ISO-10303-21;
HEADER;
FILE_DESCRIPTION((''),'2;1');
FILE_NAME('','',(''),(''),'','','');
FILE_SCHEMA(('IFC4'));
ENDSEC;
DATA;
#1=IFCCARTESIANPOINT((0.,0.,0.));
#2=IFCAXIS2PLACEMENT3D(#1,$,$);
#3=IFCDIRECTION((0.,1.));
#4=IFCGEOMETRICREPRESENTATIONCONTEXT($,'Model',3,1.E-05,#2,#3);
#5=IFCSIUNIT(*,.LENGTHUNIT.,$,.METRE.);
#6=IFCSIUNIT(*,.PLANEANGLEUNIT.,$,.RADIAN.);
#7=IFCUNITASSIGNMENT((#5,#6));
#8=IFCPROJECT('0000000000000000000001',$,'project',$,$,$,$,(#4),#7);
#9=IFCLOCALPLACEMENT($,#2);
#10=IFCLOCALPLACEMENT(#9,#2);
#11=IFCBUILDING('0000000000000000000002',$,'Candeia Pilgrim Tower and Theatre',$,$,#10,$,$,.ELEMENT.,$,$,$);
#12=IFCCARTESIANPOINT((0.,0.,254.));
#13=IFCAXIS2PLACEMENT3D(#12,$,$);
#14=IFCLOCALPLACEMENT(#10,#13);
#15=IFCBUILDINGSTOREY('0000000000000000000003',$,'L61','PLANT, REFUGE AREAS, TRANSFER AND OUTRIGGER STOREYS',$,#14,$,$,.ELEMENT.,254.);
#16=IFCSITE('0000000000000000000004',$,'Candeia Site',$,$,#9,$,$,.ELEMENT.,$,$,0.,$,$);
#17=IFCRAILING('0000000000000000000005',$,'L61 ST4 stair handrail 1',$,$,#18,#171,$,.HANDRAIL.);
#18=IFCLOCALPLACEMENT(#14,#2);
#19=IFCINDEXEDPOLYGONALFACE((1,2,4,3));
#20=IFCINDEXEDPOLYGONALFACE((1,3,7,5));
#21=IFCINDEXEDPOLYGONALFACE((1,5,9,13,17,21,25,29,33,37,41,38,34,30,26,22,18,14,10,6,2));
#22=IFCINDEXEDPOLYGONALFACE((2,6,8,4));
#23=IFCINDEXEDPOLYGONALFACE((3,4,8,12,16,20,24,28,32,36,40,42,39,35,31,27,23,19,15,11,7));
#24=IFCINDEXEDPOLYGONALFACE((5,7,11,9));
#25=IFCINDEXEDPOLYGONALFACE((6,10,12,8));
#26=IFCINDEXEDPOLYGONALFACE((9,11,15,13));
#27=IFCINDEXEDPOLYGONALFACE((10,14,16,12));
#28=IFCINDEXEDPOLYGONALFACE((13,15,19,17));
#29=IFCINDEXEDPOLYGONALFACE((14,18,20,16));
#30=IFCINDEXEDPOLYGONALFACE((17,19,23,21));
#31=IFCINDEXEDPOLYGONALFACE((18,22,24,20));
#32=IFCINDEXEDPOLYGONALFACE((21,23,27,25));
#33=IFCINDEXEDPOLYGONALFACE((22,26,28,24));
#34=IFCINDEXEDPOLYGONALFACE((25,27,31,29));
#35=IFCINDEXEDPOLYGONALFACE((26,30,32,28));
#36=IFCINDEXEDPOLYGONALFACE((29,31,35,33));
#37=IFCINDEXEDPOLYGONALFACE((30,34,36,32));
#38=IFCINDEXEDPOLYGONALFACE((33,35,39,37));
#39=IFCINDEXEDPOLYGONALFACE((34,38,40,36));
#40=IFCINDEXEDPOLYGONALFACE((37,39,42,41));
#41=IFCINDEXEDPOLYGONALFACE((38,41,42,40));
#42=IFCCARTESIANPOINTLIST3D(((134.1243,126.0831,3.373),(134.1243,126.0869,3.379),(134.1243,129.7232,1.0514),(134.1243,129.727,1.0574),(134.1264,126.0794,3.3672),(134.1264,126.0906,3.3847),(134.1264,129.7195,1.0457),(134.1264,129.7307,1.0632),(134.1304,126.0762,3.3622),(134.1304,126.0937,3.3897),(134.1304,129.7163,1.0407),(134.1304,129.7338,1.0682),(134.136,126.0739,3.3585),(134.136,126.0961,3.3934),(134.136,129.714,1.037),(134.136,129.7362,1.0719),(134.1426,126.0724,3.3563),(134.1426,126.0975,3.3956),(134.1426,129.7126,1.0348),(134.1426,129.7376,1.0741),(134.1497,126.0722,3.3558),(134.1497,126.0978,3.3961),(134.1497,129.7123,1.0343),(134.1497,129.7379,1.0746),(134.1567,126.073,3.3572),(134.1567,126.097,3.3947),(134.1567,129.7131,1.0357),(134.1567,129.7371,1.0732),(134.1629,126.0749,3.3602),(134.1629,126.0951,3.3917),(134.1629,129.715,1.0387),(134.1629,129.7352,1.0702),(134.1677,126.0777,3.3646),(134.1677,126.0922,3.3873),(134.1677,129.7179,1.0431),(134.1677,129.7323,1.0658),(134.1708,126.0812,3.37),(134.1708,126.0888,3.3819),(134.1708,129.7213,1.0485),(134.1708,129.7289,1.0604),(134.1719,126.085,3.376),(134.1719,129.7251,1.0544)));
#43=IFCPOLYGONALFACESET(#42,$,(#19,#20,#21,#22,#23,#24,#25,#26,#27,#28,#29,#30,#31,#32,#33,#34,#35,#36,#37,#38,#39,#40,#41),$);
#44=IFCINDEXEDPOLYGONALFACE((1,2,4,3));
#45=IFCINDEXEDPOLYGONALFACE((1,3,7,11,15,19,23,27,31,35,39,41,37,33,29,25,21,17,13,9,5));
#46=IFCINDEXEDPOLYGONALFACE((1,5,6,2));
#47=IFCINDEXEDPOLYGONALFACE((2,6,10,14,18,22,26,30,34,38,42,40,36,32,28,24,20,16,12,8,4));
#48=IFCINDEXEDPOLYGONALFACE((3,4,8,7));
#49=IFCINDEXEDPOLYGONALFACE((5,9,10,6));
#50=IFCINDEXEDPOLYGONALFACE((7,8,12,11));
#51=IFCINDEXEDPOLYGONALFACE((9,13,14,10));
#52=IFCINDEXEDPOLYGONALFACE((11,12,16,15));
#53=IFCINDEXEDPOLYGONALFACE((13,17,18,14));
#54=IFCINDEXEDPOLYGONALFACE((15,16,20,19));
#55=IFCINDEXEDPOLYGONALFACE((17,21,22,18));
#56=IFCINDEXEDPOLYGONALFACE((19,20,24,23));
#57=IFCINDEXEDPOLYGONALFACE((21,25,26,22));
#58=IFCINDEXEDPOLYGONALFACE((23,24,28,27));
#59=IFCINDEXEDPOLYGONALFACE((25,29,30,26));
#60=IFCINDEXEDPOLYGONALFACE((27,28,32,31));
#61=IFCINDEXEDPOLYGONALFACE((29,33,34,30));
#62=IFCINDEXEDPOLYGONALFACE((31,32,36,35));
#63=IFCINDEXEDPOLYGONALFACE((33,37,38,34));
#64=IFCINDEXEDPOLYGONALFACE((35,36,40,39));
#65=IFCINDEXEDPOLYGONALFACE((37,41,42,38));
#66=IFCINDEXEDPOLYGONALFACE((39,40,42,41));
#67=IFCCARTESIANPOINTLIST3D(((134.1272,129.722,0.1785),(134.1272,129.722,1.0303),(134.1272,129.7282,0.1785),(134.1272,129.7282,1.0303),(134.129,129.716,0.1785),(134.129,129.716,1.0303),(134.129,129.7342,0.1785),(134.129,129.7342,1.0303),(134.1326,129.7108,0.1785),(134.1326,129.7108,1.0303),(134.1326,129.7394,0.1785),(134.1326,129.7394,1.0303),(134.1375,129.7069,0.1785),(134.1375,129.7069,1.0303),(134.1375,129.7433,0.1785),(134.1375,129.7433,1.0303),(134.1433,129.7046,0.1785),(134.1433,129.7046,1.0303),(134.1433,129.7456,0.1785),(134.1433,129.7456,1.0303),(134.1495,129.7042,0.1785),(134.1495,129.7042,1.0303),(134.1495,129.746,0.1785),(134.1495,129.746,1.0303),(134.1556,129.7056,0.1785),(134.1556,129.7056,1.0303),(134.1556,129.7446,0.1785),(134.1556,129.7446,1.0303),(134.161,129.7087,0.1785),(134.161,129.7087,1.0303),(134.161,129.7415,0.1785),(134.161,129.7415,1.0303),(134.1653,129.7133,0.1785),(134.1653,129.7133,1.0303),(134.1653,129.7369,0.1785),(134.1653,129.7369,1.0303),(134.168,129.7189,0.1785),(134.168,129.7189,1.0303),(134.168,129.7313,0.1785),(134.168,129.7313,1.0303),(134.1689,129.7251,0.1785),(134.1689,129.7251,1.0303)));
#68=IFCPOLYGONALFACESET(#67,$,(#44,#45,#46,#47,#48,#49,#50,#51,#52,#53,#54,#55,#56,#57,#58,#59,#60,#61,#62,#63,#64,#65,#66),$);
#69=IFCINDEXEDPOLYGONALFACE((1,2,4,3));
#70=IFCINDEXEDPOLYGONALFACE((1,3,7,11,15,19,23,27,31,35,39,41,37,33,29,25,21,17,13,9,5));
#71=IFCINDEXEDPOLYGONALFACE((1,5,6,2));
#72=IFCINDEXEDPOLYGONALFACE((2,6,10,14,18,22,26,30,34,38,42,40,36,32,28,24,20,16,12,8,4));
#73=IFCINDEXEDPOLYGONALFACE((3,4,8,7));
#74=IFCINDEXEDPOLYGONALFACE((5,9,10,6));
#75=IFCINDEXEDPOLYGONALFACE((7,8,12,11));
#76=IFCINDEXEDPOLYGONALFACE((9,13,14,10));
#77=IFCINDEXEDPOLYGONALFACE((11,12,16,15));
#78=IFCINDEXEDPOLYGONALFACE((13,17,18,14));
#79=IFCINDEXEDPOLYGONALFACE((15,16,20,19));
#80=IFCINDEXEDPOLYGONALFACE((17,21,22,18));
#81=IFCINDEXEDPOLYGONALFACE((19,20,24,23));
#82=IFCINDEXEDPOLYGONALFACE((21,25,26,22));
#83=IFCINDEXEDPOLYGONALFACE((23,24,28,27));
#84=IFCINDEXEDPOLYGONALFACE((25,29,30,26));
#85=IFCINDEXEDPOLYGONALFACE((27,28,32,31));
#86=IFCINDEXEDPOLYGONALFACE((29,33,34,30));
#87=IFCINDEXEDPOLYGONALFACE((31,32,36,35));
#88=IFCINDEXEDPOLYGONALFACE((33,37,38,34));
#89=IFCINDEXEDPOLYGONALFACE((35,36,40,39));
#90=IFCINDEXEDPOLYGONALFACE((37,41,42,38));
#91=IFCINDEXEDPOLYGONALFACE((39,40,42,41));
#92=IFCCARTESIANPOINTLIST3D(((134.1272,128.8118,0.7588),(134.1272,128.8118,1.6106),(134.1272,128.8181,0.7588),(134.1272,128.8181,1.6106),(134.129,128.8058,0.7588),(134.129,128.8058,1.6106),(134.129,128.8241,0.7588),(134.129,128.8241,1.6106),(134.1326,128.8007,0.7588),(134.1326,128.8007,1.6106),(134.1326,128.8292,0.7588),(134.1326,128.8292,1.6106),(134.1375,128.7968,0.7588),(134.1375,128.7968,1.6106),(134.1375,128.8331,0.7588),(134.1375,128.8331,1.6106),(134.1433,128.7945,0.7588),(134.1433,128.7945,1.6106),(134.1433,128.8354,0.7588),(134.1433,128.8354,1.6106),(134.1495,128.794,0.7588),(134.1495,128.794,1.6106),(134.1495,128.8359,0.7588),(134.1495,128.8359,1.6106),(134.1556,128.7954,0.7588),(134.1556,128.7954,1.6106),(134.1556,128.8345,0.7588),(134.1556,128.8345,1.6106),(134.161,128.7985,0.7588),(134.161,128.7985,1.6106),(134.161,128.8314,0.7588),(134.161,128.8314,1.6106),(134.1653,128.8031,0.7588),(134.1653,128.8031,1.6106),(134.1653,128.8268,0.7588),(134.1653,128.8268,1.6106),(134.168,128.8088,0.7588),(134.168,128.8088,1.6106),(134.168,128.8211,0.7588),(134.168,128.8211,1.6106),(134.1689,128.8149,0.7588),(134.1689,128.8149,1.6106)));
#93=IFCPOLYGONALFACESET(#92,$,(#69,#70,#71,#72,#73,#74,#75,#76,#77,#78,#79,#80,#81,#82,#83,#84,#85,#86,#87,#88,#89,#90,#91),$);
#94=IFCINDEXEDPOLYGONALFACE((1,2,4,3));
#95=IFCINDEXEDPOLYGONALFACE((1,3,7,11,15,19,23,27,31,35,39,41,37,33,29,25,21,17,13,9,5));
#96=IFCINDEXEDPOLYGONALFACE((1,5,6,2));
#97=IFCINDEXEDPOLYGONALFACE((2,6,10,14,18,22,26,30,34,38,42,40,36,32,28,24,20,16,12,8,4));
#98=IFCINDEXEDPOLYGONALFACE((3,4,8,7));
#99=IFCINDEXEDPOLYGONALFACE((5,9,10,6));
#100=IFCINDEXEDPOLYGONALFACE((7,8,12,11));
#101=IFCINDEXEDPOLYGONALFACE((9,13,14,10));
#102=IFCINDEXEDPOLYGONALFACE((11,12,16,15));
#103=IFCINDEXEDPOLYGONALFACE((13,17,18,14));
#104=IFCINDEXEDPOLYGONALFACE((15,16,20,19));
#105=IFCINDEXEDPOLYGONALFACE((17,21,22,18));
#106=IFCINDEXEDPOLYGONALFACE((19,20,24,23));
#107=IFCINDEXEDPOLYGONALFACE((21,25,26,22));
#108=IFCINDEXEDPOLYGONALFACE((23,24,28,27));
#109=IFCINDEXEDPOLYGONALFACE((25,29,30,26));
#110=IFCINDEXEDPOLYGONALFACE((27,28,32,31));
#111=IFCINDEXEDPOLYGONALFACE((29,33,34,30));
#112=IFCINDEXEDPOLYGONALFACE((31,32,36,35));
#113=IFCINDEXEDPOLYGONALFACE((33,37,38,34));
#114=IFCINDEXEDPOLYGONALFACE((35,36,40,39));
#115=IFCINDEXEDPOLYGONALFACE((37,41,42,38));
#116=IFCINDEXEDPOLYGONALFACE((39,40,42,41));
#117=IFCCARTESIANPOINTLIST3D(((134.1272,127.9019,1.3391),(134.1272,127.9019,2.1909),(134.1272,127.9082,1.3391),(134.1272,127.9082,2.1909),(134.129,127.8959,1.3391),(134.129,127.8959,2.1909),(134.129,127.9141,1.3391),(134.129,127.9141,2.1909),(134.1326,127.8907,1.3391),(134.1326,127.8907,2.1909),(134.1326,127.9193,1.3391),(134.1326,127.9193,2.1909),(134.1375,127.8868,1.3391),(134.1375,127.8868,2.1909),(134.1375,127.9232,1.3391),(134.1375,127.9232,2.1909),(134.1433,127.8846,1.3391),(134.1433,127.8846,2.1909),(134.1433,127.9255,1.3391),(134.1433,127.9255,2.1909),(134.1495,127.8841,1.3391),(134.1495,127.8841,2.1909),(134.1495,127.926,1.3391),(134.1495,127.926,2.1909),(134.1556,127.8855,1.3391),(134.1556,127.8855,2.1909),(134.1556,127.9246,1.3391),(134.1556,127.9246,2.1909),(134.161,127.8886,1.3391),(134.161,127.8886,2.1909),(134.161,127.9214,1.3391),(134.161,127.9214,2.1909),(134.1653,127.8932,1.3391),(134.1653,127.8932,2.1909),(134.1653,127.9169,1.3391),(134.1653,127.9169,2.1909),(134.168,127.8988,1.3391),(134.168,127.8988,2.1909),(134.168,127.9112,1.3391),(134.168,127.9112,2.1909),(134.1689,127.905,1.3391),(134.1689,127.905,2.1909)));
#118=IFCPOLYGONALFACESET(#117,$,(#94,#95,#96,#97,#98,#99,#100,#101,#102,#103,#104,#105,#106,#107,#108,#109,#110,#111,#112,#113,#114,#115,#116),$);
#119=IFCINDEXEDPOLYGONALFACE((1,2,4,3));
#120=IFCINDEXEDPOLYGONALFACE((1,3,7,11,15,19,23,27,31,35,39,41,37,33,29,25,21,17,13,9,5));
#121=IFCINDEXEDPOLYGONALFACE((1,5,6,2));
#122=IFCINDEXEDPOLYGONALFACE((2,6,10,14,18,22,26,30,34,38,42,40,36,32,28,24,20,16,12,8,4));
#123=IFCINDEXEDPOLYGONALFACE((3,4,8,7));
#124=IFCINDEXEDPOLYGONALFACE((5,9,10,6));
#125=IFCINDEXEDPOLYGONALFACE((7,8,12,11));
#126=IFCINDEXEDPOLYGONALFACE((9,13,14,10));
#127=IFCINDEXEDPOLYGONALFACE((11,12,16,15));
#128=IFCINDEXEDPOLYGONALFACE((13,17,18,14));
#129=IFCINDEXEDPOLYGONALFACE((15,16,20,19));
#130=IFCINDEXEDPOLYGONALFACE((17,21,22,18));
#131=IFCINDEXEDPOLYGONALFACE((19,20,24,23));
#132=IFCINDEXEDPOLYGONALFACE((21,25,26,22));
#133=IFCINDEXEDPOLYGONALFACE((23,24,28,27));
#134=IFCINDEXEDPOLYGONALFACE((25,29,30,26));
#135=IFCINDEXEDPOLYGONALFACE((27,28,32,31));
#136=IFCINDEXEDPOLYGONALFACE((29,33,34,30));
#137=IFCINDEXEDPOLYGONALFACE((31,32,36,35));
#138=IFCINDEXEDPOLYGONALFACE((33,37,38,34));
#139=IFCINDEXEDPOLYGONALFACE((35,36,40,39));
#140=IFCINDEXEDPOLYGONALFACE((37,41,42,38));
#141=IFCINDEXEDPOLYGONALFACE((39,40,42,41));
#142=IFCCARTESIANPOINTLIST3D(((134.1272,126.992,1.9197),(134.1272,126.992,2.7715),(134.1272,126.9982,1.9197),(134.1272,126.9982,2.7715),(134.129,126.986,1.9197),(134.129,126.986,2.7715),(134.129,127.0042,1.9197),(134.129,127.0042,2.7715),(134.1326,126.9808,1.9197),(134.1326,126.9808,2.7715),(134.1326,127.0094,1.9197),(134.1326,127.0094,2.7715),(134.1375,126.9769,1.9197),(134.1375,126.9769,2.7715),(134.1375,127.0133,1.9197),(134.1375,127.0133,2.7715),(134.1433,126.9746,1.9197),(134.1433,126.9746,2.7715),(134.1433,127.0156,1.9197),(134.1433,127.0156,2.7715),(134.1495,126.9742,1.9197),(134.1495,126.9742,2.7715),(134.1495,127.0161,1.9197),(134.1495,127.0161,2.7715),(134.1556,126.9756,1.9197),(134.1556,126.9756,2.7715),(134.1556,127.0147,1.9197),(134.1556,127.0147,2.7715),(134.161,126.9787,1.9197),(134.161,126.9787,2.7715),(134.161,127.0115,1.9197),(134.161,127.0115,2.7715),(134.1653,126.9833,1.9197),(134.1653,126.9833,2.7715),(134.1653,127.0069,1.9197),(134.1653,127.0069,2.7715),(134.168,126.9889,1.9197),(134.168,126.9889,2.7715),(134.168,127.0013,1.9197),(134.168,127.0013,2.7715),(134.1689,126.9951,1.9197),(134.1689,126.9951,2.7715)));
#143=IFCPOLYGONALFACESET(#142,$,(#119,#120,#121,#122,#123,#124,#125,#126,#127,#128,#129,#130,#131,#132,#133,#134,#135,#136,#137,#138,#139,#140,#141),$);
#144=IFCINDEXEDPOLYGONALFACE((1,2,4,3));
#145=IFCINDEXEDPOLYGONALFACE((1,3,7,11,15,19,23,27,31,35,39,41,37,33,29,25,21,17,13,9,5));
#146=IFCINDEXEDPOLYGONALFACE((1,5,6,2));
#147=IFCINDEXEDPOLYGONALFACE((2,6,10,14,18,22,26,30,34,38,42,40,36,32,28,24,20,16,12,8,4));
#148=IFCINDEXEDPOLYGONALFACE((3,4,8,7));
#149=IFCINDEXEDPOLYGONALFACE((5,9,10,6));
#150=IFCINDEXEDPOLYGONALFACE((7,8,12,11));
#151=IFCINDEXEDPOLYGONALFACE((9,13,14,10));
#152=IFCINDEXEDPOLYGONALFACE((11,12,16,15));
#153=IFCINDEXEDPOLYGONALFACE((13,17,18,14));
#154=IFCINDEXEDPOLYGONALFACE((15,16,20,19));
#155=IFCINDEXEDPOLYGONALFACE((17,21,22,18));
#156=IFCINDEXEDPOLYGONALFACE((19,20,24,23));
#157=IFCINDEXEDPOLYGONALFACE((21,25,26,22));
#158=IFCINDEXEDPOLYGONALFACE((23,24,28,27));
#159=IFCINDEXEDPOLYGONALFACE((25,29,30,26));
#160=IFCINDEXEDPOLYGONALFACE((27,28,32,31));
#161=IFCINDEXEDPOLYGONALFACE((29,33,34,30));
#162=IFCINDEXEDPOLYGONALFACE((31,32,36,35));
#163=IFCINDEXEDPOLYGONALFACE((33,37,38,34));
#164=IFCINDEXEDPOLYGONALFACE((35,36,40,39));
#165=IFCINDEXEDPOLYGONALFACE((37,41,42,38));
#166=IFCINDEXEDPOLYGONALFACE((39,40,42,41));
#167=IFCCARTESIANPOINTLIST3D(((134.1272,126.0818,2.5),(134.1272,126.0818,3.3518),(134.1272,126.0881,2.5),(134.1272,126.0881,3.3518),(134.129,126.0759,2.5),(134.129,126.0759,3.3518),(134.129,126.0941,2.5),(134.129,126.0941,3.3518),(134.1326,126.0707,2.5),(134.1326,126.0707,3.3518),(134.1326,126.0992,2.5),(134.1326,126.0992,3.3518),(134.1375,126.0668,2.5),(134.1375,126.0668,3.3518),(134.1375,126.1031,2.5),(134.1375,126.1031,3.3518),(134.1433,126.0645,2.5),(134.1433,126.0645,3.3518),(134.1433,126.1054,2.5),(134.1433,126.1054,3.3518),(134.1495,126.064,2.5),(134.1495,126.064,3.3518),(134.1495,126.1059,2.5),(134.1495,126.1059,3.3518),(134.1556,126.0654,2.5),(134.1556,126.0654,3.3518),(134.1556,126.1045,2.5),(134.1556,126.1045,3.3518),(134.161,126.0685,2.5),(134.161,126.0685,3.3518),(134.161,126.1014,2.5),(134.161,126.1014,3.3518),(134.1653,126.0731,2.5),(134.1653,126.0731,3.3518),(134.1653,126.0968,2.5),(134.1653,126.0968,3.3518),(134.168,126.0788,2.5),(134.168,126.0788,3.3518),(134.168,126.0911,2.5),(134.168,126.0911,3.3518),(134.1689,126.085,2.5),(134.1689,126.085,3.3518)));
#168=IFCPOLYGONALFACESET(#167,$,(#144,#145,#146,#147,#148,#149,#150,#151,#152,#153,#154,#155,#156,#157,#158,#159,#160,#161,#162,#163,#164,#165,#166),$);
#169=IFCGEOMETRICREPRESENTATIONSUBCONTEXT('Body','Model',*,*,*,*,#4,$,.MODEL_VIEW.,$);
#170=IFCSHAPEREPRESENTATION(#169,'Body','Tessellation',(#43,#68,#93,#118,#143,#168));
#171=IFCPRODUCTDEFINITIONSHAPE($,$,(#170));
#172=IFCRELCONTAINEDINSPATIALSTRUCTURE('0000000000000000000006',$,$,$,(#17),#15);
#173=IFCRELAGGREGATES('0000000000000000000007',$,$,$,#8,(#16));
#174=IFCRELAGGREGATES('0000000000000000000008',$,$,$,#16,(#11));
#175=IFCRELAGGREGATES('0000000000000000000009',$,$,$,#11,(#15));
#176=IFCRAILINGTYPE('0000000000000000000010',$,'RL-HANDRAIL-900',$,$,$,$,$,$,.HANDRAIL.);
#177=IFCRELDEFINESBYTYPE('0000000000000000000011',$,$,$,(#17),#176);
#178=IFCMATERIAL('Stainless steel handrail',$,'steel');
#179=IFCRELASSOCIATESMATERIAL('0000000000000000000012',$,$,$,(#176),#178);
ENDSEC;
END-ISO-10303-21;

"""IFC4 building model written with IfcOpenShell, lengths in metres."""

from ifc_helpers import new_model, si_unit, direction, frame, origin, origin_2d, place, context, subcontext, project, spatial, circle, extrude, material, type_object, element, save


model = new_model("IFC4")

# Units and contexts
model_context = context("Model", 3, precision=1e-05, world=origin(), true_north=direction((0.0, 1.0)))
body_context = subcontext(model_context, "Body", "Model", "MODEL_VIEW")
ifc_project = project(units=[si_unit("LENGTHUNIT", "METRE"), si_unit("PLANEANGLEUNIT", "RADIAN")], contexts=[model_context])

# Site, building, storey
site_placement = place(None, origin())
site = spatial("IfcSite", under=ifc_project, at=site_placement, Name="Candeia Site", CompositionType="ELEMENT", RefElevation=0.0)
building_placement = place(site_placement, origin())
building = spatial("IfcBuilding", under=site, at=building_placement, Name="Candeia Pilgrim Tower and Theatre", CompositionType="ELEMENT")
storey_placement = place(building_placement, frame((0.0, 0.0, 254.0)))
storey = spatial("IfcBuildingStorey", under=building, at=storey_placement, Name="L61", Description="PLANT, REFUGE AREAS, TRANSFER AND OUTRIGGER STOREYS", CompositionType="ELEMENT", Elevation=254.0)

# Railing
ifc_material_1 = material(Name="Stainless steel handrail", Category="steel")
railing_type_1 = type_object("IfcRailingType", Name="RL-HANDRAIL-900", PredefinedType="HANDRAIL", material=ifc_material_1)
railing_1_placement = place(storey_placement, frame((134.1479, 129.7251, 0.1785)))
element("IfcRailing", 1, at=railing_1_placement, inside=storey, type_object=railing_type_1, Name="L61 ST4 stair handrail 1", PredefinedType="HANDRAIL", context=body_context, shape_type="SweptSolid", body=[
    extrude(circle(Radius=0.0239, at=origin_2d()), frame((0.0, 0.0, 0.876), z_axis=(0.0, -0.843128, 0.537713), x_axis=(1.0, 0.0, 0.0)), (0.0, 0.0, 1.0), 4.3174),
    extrude(circle(Radius=0.021, at=origin_2d()), origin(), (0.0, 0.0, 1.0), 0.8518),
    extrude(circle(Radius=0.021, at=origin_2d()), frame((0.0, -0.9102, 0.5803)), (0.0, 0.0, 1.0), 0.8518),
    extrude(circle(Radius=0.021, at=origin_2d()), frame((0.0, -1.8201, 1.1606)), (0.0, 0.0, 1.0), 0.8518),
    extrude(circle(Radius=0.021, at=origin_2d()), frame((0.0, -2.73, 1.7412)), (0.0, 0.0, 1.0), 0.8518),
    extrude(circle(Radius=0.021, at=origin_2d()), frame((0.0, -3.6401, 2.3215)), (0.0, 0.0, 1.0), 0.8518),
])

save(model, "model.ifc")
